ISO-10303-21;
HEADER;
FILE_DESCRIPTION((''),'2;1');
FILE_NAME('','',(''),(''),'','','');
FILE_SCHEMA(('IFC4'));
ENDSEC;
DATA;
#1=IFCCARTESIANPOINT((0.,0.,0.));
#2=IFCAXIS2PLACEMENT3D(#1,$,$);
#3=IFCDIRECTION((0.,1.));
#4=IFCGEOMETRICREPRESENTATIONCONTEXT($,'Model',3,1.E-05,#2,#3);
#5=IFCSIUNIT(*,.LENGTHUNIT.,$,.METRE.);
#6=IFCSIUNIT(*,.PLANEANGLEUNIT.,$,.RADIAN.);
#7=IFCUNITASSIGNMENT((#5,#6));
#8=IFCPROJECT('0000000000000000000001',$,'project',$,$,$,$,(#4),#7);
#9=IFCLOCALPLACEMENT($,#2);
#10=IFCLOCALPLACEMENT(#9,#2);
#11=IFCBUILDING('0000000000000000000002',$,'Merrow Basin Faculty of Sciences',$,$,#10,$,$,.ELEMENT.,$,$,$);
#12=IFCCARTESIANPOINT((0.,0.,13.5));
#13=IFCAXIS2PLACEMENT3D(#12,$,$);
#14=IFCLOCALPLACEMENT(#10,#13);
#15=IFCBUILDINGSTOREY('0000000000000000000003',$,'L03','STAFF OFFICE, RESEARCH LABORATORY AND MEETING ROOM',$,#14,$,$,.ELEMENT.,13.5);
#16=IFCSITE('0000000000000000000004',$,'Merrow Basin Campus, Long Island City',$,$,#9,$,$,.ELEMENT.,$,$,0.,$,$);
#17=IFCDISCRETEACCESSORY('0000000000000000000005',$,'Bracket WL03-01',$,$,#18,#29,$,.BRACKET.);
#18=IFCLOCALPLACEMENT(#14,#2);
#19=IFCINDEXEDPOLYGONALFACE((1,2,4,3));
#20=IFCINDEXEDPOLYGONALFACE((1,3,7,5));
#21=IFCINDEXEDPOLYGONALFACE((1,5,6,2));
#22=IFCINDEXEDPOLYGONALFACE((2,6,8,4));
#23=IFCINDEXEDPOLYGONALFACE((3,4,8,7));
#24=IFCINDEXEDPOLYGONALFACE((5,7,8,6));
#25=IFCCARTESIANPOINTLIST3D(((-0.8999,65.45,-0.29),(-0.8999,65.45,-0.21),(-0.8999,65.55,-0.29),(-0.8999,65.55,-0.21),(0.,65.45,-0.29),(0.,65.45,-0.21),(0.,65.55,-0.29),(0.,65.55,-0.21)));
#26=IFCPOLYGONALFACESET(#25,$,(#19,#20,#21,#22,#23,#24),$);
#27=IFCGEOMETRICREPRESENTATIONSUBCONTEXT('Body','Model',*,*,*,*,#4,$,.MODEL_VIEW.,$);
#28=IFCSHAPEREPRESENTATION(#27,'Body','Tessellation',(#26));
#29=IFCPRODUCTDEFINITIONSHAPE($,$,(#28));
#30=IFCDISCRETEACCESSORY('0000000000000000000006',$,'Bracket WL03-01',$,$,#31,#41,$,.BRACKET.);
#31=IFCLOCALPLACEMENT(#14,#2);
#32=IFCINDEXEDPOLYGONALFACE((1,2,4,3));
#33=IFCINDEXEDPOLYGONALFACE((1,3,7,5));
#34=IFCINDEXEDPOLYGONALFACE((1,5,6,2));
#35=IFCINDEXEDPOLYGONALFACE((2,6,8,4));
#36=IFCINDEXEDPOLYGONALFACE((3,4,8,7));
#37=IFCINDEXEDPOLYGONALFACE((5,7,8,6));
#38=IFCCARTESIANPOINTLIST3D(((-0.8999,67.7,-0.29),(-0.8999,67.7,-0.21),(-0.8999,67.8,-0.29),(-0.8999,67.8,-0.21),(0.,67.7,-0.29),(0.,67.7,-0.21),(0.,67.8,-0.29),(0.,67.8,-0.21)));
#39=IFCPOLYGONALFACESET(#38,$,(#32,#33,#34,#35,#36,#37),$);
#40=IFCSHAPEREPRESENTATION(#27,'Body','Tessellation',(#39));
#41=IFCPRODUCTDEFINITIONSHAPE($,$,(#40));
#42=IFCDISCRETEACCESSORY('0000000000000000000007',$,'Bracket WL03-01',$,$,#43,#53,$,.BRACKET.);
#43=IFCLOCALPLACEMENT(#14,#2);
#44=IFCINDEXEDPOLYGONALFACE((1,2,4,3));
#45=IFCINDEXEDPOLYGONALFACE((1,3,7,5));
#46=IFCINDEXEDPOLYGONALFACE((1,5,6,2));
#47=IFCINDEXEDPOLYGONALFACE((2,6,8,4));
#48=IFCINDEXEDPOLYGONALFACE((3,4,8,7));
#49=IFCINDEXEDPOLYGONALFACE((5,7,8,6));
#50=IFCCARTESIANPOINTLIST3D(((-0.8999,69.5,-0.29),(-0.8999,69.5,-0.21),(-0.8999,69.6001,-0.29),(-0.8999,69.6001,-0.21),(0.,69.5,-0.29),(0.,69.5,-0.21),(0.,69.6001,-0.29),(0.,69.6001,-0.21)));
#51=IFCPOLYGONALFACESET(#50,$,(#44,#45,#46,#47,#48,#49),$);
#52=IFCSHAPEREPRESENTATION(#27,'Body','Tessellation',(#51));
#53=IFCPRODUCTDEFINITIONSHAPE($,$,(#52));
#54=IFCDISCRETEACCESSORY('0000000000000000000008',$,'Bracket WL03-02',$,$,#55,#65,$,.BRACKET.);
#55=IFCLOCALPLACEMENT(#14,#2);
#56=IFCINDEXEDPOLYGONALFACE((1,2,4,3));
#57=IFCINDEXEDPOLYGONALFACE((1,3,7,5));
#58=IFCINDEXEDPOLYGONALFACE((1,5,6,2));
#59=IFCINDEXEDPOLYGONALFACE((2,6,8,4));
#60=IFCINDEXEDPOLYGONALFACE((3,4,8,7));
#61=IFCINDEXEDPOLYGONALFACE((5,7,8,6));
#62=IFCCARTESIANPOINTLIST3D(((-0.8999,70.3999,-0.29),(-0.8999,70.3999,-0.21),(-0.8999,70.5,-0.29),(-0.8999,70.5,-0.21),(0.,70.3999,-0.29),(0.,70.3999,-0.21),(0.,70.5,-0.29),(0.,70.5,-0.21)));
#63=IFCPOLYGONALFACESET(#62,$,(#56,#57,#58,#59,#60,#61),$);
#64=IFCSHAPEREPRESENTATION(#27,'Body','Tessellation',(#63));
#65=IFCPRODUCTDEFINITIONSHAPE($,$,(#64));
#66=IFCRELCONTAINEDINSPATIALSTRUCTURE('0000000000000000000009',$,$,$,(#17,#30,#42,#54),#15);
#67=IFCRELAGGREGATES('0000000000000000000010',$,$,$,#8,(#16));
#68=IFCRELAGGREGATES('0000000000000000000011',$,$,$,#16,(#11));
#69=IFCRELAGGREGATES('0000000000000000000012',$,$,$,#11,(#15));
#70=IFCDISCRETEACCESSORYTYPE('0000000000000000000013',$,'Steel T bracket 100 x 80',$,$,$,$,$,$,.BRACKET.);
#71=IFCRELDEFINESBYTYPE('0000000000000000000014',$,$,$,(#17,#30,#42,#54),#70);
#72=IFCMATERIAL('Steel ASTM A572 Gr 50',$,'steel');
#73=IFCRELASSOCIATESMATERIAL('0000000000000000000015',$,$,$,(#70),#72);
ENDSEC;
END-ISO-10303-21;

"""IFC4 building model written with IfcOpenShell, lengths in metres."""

from ifc_helpers import new_model, si_unit, direction, frame, origin, place, context, subcontext, project, spatial, polyline, outline, extrude, source, transform, mapped, material, type_object, element, save


model = new_model("IFC4")

# Units and contexts
model_context = context("Model", 3, precision=1e-05, world=origin(), true_north=direction((0.0, 1.0)))
body_context = subcontext(model_context, "Body", "Model", "MODEL_VIEW")
ifc_project = project(units=[si_unit("LENGTHUNIT", "METRE"), si_unit("PLANEANGLEUNIT", "RADIAN")], contexts=[model_context])

# Site, building, storey
site_placement = place(None, origin())
site = spatial("IfcSite", under=ifc_project, at=site_placement, Name="Merrow Basin Campus, Long Island City", CompositionType="ELEMENT", RefElevation=0.0)
building_placement = place(site_placement, origin())
building = spatial("IfcBuilding", under=site, at=building_placement, Name="Merrow Basin Faculty of Sciences", CompositionType="ELEMENT")
storey_placement = place(building_placement, frame((0.0, 0.0, 13.5)))
storey = spatial("IfcBuildingStorey", under=building, at=storey_placement, Name="L03", Description="STAFF OFFICE, RESEARCH LABORATORY AND MEETING ROOM", CompositionType="ELEMENT", Elevation=13.5)

# Discrete accessories
ifc_material_1 = material(Name="Steel ASTM A572 Gr 50", Category="steel")
discrete_accessory_type = type_object("IfcDiscreteAccessoryType", Name="Steel T bracket 100 x 80", PredefinedType="BRACKET", material=ifc_material_1)
shared_shape_1 = source(origin(), body_context, "Body", "SweptSolid", [
    extrude(outline(polyline([(0.0, 0.0), (0.1001, 0.0), (0.1001, 0.0801), (0.0, 0.0801), (0.0, 0.0)])), origin(), (0.0, 0.0, 1.0), 0.8999),
])
for number, where, z_axis, x_axis, name in (
    (1, (-0.8999, 65.45, -0.29), (1.0, 0.0, 0.0), (0.0, 1.0, 0.0), "Bracket WL03-01"),
    (2, (-0.8999, 67.7, -0.29), (1.0, 0.0, 0.0), (0.0, 1.0, 0.0), "Bracket WL03-01"),
    (3, (-0.8999, 69.5, -0.29), (1.0, 0.0, 0.0), (0.0, 1.0, 0.0), "Bracket WL03-01"),
    (4, (-0.8999, 70.3999, -0.29), (1.0, 0.0, 0.0), (0.0, 1.0, 0.0), "Bracket WL03-02"),
):
    element("IfcDiscreteAccessory", number, at=place(storey_placement, frame(where, z_axis=z_axis, x_axis=x_axis)), inside=storey, type_object=discrete_accessory_type, Name=name, PredefinedType="BRACKET", context=body_context, shape_type="MappedRepresentation", body=[
        mapped(shared_shape_1, transform((0.0, 0.0, 0.0), scale=1.0)),
    ])

save(model, "model.ifc")
